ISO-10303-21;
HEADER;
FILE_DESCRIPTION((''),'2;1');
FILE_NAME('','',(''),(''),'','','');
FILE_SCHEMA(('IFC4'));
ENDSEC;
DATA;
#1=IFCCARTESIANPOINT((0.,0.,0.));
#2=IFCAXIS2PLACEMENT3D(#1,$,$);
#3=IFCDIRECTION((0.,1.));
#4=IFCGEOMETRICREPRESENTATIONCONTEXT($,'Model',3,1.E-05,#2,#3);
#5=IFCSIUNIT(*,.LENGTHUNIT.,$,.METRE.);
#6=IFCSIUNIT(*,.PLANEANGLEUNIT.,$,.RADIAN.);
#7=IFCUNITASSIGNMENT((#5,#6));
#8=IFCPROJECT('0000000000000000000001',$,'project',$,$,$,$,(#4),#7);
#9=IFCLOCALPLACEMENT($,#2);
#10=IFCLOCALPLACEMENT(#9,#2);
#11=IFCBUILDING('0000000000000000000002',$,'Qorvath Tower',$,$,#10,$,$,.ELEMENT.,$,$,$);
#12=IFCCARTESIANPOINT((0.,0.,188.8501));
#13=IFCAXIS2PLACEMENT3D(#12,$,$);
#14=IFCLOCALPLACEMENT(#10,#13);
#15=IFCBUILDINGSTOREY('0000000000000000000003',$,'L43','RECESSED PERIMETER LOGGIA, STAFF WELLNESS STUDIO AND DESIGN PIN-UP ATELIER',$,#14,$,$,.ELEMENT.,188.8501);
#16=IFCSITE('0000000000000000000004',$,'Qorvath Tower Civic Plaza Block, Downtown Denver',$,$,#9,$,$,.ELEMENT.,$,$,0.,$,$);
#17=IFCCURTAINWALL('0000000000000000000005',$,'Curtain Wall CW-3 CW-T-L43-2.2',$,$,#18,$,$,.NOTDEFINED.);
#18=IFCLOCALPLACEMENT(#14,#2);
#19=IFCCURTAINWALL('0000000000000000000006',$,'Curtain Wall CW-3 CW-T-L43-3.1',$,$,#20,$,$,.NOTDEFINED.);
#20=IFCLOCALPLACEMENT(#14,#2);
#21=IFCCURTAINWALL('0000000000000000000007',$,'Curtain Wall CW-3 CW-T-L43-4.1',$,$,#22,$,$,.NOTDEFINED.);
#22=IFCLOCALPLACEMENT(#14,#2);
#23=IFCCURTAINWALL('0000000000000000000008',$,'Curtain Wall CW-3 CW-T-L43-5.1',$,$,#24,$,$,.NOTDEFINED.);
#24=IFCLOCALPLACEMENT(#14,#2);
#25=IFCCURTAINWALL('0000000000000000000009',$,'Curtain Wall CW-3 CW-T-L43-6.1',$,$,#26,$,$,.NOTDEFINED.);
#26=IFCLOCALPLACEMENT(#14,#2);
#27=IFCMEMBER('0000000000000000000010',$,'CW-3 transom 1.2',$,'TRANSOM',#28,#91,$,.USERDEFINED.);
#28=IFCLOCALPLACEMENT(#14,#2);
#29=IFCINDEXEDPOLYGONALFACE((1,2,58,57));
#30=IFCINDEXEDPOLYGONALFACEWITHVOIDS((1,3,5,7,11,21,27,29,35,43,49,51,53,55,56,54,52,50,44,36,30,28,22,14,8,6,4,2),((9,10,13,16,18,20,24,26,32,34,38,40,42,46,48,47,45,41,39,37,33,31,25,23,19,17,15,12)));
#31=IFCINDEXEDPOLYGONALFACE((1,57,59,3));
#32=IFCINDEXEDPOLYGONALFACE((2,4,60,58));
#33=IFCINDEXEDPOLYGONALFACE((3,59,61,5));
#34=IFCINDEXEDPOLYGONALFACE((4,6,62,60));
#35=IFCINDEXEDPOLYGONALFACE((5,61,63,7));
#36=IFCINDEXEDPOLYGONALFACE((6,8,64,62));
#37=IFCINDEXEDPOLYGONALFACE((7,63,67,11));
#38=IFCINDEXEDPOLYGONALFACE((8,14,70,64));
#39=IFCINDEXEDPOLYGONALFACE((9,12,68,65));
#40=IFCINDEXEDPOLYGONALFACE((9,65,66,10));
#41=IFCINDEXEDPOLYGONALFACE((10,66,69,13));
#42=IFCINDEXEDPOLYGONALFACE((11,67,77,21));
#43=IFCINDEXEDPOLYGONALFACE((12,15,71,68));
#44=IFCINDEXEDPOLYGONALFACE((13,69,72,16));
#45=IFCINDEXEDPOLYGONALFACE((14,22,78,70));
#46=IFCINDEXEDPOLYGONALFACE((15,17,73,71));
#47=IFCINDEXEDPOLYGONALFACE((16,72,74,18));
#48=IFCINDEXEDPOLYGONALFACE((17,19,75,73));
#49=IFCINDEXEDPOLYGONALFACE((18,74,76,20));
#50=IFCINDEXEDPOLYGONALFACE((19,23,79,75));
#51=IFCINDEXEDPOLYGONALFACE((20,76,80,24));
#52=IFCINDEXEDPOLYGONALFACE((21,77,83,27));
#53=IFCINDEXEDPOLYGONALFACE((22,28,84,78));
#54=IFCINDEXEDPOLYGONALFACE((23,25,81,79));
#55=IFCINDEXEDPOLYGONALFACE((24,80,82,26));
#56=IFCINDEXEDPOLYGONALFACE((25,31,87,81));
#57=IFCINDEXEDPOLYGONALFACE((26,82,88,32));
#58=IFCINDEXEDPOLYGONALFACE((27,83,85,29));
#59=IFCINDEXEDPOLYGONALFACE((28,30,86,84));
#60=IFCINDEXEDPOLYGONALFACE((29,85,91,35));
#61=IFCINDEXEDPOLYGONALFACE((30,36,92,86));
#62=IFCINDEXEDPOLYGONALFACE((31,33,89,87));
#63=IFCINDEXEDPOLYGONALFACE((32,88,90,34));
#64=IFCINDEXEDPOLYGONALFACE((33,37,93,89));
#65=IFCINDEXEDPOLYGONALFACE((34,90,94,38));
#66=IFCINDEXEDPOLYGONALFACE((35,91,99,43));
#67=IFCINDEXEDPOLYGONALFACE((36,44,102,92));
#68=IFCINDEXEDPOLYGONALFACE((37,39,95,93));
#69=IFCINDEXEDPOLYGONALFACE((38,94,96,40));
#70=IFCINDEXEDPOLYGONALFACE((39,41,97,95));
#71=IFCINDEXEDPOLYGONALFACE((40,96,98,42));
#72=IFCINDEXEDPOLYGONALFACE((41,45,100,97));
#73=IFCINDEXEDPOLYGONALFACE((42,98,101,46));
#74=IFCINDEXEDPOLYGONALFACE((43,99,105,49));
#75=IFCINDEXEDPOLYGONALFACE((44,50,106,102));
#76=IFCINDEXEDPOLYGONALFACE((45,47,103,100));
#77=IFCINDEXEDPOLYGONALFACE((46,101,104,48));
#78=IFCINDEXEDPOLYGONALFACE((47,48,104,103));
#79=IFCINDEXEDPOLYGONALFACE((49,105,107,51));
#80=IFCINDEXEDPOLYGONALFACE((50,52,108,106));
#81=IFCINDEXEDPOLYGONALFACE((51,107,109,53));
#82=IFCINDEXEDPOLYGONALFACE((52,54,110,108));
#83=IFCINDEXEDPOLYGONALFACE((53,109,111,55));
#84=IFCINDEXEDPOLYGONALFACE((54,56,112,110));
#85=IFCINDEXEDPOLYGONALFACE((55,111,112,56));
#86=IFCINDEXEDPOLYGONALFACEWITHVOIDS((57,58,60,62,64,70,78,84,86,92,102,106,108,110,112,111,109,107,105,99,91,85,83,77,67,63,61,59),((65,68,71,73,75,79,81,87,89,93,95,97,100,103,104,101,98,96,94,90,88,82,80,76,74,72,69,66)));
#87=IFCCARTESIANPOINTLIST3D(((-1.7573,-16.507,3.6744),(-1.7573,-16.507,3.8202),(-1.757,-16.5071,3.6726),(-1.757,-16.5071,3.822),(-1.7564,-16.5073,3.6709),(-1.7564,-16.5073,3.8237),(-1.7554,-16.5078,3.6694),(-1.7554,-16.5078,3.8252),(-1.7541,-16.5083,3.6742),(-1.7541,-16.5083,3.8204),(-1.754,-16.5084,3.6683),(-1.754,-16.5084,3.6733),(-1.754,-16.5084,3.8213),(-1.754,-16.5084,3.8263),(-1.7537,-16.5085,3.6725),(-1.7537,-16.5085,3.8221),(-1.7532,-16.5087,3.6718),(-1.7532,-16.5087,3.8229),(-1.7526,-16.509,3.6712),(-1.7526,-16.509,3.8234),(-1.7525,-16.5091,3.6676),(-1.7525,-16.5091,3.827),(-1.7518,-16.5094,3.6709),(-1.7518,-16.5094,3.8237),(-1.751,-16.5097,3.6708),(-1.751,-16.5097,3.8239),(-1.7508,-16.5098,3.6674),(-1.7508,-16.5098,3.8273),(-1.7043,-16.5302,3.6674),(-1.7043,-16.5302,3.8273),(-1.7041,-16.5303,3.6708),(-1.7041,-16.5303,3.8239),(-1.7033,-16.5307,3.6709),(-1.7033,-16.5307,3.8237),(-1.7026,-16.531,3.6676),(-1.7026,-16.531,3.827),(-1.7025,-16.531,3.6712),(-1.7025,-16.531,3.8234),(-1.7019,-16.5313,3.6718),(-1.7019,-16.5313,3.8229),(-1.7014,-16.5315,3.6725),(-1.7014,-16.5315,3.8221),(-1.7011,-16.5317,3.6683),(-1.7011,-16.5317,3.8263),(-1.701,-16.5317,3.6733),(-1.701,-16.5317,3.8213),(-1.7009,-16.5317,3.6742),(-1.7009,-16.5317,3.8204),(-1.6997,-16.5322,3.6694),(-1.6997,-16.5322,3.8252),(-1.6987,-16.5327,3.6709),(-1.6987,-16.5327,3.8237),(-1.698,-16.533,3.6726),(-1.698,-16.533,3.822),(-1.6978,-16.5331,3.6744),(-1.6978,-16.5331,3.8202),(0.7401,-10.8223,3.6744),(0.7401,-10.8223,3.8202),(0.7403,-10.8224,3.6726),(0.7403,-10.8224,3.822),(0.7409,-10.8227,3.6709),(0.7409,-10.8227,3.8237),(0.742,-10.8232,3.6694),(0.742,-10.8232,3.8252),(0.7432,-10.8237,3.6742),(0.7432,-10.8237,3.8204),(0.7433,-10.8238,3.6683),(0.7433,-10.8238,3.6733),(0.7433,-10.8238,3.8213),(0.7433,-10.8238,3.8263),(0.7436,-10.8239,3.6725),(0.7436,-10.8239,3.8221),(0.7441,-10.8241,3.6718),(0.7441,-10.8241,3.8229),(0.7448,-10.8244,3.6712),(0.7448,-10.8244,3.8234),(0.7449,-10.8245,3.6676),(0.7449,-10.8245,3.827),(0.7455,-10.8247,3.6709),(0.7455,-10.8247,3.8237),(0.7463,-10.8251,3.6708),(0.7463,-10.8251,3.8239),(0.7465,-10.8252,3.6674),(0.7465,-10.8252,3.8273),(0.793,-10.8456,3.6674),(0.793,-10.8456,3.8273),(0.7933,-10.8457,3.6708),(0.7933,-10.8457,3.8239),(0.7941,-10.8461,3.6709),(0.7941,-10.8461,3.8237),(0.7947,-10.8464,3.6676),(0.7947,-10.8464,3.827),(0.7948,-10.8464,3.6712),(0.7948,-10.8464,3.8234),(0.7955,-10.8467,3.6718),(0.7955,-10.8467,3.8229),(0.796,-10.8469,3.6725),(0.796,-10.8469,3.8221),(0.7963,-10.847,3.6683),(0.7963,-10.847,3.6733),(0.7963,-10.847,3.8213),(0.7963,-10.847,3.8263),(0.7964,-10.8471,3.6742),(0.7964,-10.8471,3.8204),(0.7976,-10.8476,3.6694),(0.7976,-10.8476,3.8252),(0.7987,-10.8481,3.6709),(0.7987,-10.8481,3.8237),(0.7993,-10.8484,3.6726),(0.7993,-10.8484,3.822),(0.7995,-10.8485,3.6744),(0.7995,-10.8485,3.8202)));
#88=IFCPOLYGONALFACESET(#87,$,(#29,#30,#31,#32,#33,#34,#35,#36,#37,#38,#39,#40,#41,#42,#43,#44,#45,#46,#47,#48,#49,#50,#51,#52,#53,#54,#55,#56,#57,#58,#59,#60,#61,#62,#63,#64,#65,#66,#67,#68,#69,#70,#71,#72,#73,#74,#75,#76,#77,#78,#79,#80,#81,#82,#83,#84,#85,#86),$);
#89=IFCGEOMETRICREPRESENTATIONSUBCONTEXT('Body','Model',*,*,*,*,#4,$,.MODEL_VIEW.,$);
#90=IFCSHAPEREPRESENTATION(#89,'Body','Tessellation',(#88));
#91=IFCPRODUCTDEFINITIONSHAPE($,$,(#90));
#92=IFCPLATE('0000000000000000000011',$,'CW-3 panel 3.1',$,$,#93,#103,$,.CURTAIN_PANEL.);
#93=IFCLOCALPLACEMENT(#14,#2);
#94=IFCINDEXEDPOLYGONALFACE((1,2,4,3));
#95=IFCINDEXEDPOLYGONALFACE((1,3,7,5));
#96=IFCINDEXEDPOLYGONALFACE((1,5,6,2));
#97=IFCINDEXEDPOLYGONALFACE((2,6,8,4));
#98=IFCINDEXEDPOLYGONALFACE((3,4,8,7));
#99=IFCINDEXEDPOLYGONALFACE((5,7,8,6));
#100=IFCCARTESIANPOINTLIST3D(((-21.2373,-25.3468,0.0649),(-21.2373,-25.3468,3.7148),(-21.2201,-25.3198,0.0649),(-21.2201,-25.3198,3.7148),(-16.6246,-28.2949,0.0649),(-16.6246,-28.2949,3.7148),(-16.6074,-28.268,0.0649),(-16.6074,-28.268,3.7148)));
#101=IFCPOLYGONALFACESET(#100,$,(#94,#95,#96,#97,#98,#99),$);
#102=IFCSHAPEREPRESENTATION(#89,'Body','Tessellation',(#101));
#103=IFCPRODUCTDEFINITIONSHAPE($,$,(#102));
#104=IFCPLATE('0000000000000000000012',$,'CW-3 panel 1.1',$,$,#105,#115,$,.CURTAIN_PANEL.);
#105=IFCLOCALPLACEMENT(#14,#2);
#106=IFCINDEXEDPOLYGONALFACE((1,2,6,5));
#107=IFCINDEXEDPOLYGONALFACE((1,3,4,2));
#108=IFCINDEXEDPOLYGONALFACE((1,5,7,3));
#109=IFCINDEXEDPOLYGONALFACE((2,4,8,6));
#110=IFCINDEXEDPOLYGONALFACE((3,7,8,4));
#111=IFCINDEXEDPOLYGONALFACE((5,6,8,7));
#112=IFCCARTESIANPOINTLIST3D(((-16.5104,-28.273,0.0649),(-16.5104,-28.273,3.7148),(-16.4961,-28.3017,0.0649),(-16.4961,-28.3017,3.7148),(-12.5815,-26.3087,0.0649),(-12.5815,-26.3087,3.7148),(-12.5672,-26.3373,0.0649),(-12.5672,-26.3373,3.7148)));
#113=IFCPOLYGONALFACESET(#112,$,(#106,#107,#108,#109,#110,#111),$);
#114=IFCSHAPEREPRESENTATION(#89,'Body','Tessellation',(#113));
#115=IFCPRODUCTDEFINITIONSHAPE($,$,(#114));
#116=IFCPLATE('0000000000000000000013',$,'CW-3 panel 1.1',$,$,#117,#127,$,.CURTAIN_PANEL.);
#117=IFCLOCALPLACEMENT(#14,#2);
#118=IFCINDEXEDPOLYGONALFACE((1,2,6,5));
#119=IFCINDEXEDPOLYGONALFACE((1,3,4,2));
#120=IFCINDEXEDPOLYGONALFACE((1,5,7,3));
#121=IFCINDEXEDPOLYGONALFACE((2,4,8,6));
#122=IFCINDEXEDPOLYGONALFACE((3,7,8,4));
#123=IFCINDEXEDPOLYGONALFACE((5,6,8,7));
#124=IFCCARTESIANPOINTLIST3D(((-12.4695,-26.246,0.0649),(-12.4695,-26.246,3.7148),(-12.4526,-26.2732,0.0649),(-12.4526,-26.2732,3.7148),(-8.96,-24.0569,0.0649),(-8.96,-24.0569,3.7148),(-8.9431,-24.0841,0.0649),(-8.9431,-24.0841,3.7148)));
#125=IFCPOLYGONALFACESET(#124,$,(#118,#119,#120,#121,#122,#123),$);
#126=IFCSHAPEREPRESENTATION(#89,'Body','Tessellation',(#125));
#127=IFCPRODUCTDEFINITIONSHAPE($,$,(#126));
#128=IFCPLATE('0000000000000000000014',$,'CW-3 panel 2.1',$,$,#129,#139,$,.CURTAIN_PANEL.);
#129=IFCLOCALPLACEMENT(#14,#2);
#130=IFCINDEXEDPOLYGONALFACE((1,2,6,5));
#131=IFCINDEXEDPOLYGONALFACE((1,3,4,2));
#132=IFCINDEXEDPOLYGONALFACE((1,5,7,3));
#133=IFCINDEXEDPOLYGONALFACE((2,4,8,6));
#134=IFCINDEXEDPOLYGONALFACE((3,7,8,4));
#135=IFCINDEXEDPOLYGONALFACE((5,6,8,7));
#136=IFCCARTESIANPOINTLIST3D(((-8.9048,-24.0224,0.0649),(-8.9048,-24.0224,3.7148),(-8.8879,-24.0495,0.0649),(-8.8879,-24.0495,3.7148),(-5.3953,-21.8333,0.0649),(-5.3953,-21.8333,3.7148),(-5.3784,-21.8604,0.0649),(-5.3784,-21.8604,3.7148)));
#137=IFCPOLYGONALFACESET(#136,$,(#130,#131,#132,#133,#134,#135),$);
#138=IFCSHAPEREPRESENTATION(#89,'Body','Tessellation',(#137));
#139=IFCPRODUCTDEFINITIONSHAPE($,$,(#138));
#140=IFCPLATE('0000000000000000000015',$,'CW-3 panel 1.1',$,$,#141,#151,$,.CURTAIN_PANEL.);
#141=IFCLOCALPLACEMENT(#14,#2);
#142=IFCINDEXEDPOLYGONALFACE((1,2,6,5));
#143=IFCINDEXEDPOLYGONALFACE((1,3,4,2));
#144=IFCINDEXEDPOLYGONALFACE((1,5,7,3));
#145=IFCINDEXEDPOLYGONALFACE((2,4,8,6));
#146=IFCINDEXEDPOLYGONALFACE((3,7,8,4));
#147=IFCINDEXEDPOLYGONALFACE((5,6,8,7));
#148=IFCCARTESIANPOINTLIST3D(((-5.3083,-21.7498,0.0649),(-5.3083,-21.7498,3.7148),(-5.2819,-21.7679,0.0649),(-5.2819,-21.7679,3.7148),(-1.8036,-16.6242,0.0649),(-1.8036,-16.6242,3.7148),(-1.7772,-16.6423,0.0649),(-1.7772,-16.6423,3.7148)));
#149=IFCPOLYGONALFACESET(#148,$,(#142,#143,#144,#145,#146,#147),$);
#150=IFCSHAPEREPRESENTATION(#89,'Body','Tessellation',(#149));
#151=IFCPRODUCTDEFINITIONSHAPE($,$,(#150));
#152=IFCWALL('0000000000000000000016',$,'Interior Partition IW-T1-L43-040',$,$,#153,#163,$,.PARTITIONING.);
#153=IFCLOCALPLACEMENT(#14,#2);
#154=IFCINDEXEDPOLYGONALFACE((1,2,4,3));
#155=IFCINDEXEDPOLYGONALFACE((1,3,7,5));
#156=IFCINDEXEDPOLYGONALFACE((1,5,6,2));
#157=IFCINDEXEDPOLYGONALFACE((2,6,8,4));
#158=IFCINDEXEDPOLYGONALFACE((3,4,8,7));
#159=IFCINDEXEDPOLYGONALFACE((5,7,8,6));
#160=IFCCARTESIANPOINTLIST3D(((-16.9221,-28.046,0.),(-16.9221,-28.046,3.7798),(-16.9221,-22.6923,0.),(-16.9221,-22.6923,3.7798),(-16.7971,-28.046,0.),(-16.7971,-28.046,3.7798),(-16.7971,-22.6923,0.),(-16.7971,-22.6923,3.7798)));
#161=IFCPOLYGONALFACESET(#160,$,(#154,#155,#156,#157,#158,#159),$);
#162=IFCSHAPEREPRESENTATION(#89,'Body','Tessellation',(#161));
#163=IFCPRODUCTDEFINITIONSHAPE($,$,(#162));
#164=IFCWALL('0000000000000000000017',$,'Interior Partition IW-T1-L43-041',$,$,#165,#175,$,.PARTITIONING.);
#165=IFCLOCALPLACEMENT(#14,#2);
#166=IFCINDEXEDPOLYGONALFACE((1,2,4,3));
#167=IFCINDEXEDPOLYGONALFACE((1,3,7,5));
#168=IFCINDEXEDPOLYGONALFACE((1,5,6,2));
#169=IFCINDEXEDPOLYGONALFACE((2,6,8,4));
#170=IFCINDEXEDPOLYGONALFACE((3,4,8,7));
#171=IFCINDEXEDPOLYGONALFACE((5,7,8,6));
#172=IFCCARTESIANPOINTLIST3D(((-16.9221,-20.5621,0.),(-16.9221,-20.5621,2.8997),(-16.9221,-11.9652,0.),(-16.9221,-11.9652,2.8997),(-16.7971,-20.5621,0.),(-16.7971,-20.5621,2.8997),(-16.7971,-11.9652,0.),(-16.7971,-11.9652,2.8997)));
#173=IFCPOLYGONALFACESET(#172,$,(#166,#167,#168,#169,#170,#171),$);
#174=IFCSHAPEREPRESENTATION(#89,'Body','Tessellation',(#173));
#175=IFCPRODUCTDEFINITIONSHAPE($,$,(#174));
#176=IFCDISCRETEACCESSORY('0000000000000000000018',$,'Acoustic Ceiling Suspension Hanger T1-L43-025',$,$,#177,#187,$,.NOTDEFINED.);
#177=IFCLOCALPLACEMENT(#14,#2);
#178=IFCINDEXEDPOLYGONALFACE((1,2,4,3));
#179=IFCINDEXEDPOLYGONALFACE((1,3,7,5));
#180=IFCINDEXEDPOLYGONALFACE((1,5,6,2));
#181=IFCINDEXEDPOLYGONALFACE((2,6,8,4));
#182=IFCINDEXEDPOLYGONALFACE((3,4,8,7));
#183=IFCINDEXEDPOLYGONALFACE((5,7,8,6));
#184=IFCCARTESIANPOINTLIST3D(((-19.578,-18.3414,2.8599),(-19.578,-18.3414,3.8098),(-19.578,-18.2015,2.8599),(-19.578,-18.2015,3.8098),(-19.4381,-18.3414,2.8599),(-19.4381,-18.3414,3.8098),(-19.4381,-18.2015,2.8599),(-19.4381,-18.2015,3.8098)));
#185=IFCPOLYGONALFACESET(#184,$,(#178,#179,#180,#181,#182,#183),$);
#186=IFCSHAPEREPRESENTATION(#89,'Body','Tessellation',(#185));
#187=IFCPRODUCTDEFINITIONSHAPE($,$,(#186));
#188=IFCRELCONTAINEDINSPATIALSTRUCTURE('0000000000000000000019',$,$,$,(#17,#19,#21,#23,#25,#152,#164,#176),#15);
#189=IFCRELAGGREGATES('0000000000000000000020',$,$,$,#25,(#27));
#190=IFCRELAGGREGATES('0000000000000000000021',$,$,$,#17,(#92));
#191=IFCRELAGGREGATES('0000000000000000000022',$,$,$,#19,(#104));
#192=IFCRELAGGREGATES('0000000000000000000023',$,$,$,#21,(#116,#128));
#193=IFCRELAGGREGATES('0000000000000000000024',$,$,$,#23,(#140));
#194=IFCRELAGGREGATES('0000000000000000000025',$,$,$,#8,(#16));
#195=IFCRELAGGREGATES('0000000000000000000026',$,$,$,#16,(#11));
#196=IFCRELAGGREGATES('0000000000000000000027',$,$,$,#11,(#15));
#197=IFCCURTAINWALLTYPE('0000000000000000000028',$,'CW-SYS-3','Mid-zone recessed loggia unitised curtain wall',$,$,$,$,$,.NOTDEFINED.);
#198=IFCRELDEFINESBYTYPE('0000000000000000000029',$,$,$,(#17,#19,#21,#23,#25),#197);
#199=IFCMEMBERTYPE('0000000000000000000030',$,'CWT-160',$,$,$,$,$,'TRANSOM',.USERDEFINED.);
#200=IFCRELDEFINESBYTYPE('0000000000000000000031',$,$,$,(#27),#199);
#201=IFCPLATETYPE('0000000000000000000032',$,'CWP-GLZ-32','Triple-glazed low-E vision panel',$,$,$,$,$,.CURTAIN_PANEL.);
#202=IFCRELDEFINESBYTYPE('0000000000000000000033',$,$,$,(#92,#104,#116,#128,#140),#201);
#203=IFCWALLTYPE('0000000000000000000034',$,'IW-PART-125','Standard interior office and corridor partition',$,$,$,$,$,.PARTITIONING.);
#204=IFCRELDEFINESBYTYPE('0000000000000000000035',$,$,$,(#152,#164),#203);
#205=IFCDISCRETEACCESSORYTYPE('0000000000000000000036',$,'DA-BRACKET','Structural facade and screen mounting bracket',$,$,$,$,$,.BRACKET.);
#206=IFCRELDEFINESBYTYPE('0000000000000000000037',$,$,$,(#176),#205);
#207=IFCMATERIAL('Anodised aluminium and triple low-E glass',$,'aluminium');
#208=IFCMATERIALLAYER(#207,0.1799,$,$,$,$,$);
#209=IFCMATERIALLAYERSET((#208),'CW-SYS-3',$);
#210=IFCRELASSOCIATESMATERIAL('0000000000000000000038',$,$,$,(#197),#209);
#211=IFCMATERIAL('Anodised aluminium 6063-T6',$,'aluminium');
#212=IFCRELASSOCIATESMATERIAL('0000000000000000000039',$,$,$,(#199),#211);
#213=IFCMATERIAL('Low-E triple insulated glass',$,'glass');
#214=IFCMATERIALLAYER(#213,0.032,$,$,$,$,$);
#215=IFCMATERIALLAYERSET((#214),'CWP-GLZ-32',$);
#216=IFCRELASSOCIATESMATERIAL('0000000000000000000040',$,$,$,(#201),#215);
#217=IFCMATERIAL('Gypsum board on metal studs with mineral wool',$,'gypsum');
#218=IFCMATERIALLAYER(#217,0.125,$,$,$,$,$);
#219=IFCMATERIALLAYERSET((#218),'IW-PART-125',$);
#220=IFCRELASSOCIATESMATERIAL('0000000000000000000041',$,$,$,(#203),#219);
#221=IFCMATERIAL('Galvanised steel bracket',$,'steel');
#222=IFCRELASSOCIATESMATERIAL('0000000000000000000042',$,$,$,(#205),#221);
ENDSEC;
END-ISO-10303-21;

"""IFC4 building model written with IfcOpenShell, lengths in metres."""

from ifc_helpers import new_model, si_unit, direction, frame, frame_2d, origin, origin_2d, place, context, subcontext, project, spatial, rectangle, hollow_rectangle, extrude, material, layer, layer_set, material_profile, profile_set, type_object, element, aggregate, save


model = new_model("IFC4")

# Units and contexts
model_context = context("Model", 3, precision=1e-05, world=origin(), true_north=direction((0.0, 1.0)))
body_context = subcontext(model_context, "Body", "Model", "MODEL_VIEW")
ifc_project = project(units=[si_unit("LENGTHUNIT", "METRE"), si_unit("PLANEANGLEUNIT", "RADIAN")], contexts=[model_context])

# Site, building, storey
site_placement = place(None, origin())
site = spatial("IfcSite", under=ifc_project, at=site_placement, Name="Qorvath Tower Civic Plaza Block, Downtown Denver", CompositionType="ELEMENT", RefElevation=0.0)
building_placement = place(site_placement, origin())
building = spatial("IfcBuilding", under=site, at=building_placement, Name="Qorvath Tower", CompositionType="ELEMENT")
storey_placement = place(building_placement, frame((0.0, 0.0, 188.8501)))
storey = spatial("IfcBuildingStorey", under=building, at=storey_placement, Name="L43", Description="RECESSED PERIMETER LOGGIA, STAFF WELLNESS STUDIO AND DESIGN PIN-UP ATELIER", CompositionType="ELEMENT", Elevation=188.8501)

# Curtain wall
ifc_material_1 = material(Name="Anodised aluminium and triple low-E glass", Category="aluminium")
ifc_layer_1 = layer(ifc_material_1, 0.1799)
ifc_layer_set_1 = layer_set([ifc_layer_1], Name="CW-SYS-3")
curtain_wall_type = type_object("IfcCurtainWallType", Name="CW-SYS-3", Description="Mid-zone recessed loggia unitised curtain wall", PredefinedType="NOTDEFINED", material=ifc_layer_set_1)
curtain_wall_1_placement = place(storey_placement, origin())
curtain_wall_1 = element("IfcCurtainWall", 1, at=curtain_wall_1_placement, inside=storey, type_object=curtain_wall_type, Name="Curtain Wall CW-3 CW-T-L43-2.2", PredefinedType="NOTDEFINED")

# Curtain walls
curtain_wall_2_placement = place(storey_placement, origin())
curtain_wall_2 = element("IfcCurtainWall", 2, at=curtain_wall_2_placement, inside=storey, type_object=curtain_wall_type, Name="Curtain Wall CW-3 CW-T-L43-3.1", PredefinedType="NOTDEFINED")
curtain_wall_3_placement = place(storey_placement, origin())
curtain_wall_3 = element("IfcCurtainWall", 3, at=curtain_wall_3_placement, inside=storey, type_object=curtain_wall_type, Name="Curtain Wall CW-3 CW-T-L43-4.1", PredefinedType="NOTDEFINED")
curtain_wall_4_placement = place(storey_placement, origin())
curtain_wall_4 = element("IfcCurtainWall", 4, at=curtain_wall_4_placement, inside=storey, type_object=curtain_wall_type, Name="Curtain Wall CW-3 CW-T-L43-5.1", PredefinedType="NOTDEFINED")

# Curtain wall
curtain_wall_5_placement = place(storey_placement, origin())
curtain_wall_5 = element("IfcCurtainWall", 5, at=curtain_wall_5_placement, inside=storey, type_object=curtain_wall_type, Name="Curtain Wall CW-3 CW-T-L43-6.1", PredefinedType="NOTDEFINED")

# Member
ifc_material_2 = material(Name="Anodised aluminium 6063-T6", Category="aluminium")
ifc_material_profile_1 = material_profile(ifc_material_2, hollow_rectangle(XDim=0.0649, YDim=0.1599, WallThickness=0.0034, InnerFilletRadius=0.0034, OuterFilletRadius=0.0071, at=origin_2d()), Name="CWT 160x65")
ifc_profile_set_1 = profile_set([ifc_material_profile_1], Name="Anodised aluminium 6063-T6")
member_type_1 = type_object("IfcMemberType", Name="CWT-160", ElementType="TRANSOM", PredefinedType="USERDEFINED", material=ifc_profile_set_1)
member_1_placement = place(storey_placement, frame((-1.7275, -16.52, 3.7473), z_axis=(0.402213, 0.915546, 0.0), x_axis=(-0.915546, 0.402213, 0.0)))
member_1 = element("IfcMember", 6, at=member_1_placement, type_object=member_type_1, Name="CW-3 transom 1.2", ObjectType="TRANSOM", PredefinedType="USERDEFINED", context=body_context, shape_type="SweptSolid", body=[
    extrude(hollow_rectangle(XDim=0.0649, YDim=0.1599, WallThickness=0.0034, InnerFilletRadius=0.0034, OuterFilletRadius=0.0071, at=origin_2d()), origin(), (0.0, 0.0, 1.0), 6.209),
])
aggregate(curtain_wall_5, [member_1])

# Plates
ifc_material_3 = material(Name="Low-E triple insulated glass", Category="glass")
ifc_layer_2 = layer(ifc_material_3, 0.032)
ifc_layer_set_2 = layer_set([ifc_layer_2], Name="CWP-GLZ-32")
plate_type = type_object("IfcPlateType", Name="CWP-GLZ-32", Description="Triple-glazed low-E vision panel", PredefinedType="CURTAIN_PANEL", material=ifc_layer_set_2)
plate_1_placement = place(storey_placement, frame((-18.9224, -26.8074, 0.0649), z_axis=(0.0, 0.0, 1.0), x_axis=(0.842606, -0.538531, 0.0)))
plate_1 = element("IfcPlate", 7, at=plate_1_placement, type_object=plate_type, Name="CW-3 panel 3.1", PredefinedType="CURTAIN_PANEL", context=body_context, shape_type="SweptSolid", body=[
    extrude(rectangle(XDim=5.4744, YDim=0.032, at=origin_2d()), origin(), (0.0, 0.0, 1.0), 3.6499),
])
aggregate(curtain_wall_1, [plate_1])
plate_2_placement = place(storey_placement, frame((-14.5388, -27.3052, 0.0649), z_axis=(0.0, 0.0, 1.0), x_axis=(0.894436, 0.447196, 0.0)))
plate_2 = element("IfcPlate", 8, at=plate_2_placement, type_object=plate_type, Name="CW-3 panel 1.1", PredefinedType="CURTAIN_PANEL", context=body_context, shape_type="SweptSolid", body=[
    extrude(rectangle(XDim=4.3926, YDim=0.032, at=origin_2d()), origin(), (0.0, 0.0, 1.0), 3.6499),
])
aggregate(curtain_wall_2, [plate_2])
plate_3_placement = place(storey_placement, frame((-10.7063, -25.165, 0.0649), z_axis=(0.0, 0.0, 1.0), x_axis=(0.848464, 0.529252, 0.0)))
plate_3 = element("IfcPlate", 9, at=plate_3_placement, type_object=plate_type, Name="CW-3 panel 1.1", PredefinedType="CURTAIN_PANEL", context=body_context, shape_type="SweptSolid", body=[
    extrude(rectangle(XDim=4.1362, YDim=0.032, at=origin_2d()), origin(), (0.0, 0.0, 1.0), 3.6499),
])
plate_4_placement = place(storey_placement, frame((-7.1416, -22.9414, 0.0649), z_axis=(0.0, 0.0, 1.0), x_axis=(0.848464, 0.529252, 0.0)))
plate_4 = element("IfcPlate", 10, at=plate_4_placement, type_object=plate_type, Name="CW-3 panel 2.1", PredefinedType="CURTAIN_PANEL", context=body_context, shape_type="SweptSolid", body=[
    extrude(rectangle(XDim=4.1362, YDim=0.032, at=origin_2d()), origin(), (0.0, 0.0, 1.0), 3.6499),
])
aggregate(curtain_wall_3, [plate_3, plate_4])
plate_5_placement = place(storey_placement, frame((-3.5427, -19.196, 0.0649), z_axis=(0.0, 0.0, 1.0), x_axis=(0.564436, 0.825477, 0.0)))
plate_5 = element("IfcPlate", 11, at=plate_5_placement, type_object=plate_type, Name="CW-3 panel 1.1", PredefinedType="CURTAIN_PANEL", context=body_context, shape_type="SweptSolid", body=[
    extrude(rectangle(XDim=6.2092, YDim=0.032, at=origin_2d()), origin(), (0.0, 0.0, 1.0), 3.6499),
])
aggregate(curtain_wall_4, [plate_5])

# Walls
ifc_material_4 = material(Name="Gypsum board on metal studs with mineral wool", Category="gypsum")
ifc_layer_3 = layer(ifc_material_4, 0.125)
ifc_layer_set_3 = layer_set([ifc_layer_3], Name="IW-PART-125")
wall_type = type_object("IfcWallType", Name="IW-PART-125", Description="Standard interior office and corridor partition", PredefinedType="PARTITIONING", material=ifc_layer_set_3)
wall_1_placement = place(storey_placement, frame((-16.8596, -28.0459, 0.0), z_axis=(0.0, 0.0, 1.0), x_axis=(0.0, 1.0, 0.0)))
element("IfcWall", 12, at=wall_1_placement, inside=storey, type_object=wall_type, Name="Interior Partition IW-T1-L43-040", PredefinedType="PARTITIONING", context=body_context, shape_type="SweptSolid", body=[
    extrude(rectangle(XDim=5.3538, YDim=0.125, at=frame_2d((2.6768, 0.0))), origin(), (0.0, 0.0, 1.0), 3.7798),
])
wall_2_placement = place(storey_placement, frame((-16.8596, -20.562, 0.0), z_axis=(0.0, 0.0, 1.0), x_axis=(0.0, 1.0, 0.0)))
element("IfcWall", 13, at=wall_2_placement, inside=storey, type_object=wall_type, Name="Interior Partition IW-T1-L43-041", PredefinedType="PARTITIONING", context=body_context, shape_type="SweptSolid", body=[
    extrude(rectangle(XDim=8.5969, YDim=0.125, at=frame_2d((4.2983, 0.0))), origin(), (0.0, 0.0, 1.0), 2.8997),
])

# Discrete accessory
ifc_material_5 = material(Name="Galvanised steel bracket", Category="steel")
discrete_accessory_type = type_object("IfcDiscreteAccessoryType", Name="DA-BRACKET", Description="Structural facade and screen mounting bracket", PredefinedType="BRACKET", material=ifc_material_5)
discrete_accessory_placement = place(storey_placement, frame((-19.5081, -18.2715, 2.8599), z_axis=(0.0, 0.0, 1.0), x_axis=(1.0, 0.0, 0.0)))
element("IfcDiscreteAccessory", 14, at=discrete_accessory_placement, inside=storey, type_object=discrete_accessory_type, Name="Acoustic Ceiling Suspension Hanger T1-L43-025", PredefinedType="NOTDEFINED", context=body_context, shape_type="SweptSolid", body=[
    extrude(rectangle(XDim=0.1399, YDim=0.1399, at=origin_2d()), origin(), (0.0, 0.0, 1.0), 0.95),
])

save(model, "model.ifc")
